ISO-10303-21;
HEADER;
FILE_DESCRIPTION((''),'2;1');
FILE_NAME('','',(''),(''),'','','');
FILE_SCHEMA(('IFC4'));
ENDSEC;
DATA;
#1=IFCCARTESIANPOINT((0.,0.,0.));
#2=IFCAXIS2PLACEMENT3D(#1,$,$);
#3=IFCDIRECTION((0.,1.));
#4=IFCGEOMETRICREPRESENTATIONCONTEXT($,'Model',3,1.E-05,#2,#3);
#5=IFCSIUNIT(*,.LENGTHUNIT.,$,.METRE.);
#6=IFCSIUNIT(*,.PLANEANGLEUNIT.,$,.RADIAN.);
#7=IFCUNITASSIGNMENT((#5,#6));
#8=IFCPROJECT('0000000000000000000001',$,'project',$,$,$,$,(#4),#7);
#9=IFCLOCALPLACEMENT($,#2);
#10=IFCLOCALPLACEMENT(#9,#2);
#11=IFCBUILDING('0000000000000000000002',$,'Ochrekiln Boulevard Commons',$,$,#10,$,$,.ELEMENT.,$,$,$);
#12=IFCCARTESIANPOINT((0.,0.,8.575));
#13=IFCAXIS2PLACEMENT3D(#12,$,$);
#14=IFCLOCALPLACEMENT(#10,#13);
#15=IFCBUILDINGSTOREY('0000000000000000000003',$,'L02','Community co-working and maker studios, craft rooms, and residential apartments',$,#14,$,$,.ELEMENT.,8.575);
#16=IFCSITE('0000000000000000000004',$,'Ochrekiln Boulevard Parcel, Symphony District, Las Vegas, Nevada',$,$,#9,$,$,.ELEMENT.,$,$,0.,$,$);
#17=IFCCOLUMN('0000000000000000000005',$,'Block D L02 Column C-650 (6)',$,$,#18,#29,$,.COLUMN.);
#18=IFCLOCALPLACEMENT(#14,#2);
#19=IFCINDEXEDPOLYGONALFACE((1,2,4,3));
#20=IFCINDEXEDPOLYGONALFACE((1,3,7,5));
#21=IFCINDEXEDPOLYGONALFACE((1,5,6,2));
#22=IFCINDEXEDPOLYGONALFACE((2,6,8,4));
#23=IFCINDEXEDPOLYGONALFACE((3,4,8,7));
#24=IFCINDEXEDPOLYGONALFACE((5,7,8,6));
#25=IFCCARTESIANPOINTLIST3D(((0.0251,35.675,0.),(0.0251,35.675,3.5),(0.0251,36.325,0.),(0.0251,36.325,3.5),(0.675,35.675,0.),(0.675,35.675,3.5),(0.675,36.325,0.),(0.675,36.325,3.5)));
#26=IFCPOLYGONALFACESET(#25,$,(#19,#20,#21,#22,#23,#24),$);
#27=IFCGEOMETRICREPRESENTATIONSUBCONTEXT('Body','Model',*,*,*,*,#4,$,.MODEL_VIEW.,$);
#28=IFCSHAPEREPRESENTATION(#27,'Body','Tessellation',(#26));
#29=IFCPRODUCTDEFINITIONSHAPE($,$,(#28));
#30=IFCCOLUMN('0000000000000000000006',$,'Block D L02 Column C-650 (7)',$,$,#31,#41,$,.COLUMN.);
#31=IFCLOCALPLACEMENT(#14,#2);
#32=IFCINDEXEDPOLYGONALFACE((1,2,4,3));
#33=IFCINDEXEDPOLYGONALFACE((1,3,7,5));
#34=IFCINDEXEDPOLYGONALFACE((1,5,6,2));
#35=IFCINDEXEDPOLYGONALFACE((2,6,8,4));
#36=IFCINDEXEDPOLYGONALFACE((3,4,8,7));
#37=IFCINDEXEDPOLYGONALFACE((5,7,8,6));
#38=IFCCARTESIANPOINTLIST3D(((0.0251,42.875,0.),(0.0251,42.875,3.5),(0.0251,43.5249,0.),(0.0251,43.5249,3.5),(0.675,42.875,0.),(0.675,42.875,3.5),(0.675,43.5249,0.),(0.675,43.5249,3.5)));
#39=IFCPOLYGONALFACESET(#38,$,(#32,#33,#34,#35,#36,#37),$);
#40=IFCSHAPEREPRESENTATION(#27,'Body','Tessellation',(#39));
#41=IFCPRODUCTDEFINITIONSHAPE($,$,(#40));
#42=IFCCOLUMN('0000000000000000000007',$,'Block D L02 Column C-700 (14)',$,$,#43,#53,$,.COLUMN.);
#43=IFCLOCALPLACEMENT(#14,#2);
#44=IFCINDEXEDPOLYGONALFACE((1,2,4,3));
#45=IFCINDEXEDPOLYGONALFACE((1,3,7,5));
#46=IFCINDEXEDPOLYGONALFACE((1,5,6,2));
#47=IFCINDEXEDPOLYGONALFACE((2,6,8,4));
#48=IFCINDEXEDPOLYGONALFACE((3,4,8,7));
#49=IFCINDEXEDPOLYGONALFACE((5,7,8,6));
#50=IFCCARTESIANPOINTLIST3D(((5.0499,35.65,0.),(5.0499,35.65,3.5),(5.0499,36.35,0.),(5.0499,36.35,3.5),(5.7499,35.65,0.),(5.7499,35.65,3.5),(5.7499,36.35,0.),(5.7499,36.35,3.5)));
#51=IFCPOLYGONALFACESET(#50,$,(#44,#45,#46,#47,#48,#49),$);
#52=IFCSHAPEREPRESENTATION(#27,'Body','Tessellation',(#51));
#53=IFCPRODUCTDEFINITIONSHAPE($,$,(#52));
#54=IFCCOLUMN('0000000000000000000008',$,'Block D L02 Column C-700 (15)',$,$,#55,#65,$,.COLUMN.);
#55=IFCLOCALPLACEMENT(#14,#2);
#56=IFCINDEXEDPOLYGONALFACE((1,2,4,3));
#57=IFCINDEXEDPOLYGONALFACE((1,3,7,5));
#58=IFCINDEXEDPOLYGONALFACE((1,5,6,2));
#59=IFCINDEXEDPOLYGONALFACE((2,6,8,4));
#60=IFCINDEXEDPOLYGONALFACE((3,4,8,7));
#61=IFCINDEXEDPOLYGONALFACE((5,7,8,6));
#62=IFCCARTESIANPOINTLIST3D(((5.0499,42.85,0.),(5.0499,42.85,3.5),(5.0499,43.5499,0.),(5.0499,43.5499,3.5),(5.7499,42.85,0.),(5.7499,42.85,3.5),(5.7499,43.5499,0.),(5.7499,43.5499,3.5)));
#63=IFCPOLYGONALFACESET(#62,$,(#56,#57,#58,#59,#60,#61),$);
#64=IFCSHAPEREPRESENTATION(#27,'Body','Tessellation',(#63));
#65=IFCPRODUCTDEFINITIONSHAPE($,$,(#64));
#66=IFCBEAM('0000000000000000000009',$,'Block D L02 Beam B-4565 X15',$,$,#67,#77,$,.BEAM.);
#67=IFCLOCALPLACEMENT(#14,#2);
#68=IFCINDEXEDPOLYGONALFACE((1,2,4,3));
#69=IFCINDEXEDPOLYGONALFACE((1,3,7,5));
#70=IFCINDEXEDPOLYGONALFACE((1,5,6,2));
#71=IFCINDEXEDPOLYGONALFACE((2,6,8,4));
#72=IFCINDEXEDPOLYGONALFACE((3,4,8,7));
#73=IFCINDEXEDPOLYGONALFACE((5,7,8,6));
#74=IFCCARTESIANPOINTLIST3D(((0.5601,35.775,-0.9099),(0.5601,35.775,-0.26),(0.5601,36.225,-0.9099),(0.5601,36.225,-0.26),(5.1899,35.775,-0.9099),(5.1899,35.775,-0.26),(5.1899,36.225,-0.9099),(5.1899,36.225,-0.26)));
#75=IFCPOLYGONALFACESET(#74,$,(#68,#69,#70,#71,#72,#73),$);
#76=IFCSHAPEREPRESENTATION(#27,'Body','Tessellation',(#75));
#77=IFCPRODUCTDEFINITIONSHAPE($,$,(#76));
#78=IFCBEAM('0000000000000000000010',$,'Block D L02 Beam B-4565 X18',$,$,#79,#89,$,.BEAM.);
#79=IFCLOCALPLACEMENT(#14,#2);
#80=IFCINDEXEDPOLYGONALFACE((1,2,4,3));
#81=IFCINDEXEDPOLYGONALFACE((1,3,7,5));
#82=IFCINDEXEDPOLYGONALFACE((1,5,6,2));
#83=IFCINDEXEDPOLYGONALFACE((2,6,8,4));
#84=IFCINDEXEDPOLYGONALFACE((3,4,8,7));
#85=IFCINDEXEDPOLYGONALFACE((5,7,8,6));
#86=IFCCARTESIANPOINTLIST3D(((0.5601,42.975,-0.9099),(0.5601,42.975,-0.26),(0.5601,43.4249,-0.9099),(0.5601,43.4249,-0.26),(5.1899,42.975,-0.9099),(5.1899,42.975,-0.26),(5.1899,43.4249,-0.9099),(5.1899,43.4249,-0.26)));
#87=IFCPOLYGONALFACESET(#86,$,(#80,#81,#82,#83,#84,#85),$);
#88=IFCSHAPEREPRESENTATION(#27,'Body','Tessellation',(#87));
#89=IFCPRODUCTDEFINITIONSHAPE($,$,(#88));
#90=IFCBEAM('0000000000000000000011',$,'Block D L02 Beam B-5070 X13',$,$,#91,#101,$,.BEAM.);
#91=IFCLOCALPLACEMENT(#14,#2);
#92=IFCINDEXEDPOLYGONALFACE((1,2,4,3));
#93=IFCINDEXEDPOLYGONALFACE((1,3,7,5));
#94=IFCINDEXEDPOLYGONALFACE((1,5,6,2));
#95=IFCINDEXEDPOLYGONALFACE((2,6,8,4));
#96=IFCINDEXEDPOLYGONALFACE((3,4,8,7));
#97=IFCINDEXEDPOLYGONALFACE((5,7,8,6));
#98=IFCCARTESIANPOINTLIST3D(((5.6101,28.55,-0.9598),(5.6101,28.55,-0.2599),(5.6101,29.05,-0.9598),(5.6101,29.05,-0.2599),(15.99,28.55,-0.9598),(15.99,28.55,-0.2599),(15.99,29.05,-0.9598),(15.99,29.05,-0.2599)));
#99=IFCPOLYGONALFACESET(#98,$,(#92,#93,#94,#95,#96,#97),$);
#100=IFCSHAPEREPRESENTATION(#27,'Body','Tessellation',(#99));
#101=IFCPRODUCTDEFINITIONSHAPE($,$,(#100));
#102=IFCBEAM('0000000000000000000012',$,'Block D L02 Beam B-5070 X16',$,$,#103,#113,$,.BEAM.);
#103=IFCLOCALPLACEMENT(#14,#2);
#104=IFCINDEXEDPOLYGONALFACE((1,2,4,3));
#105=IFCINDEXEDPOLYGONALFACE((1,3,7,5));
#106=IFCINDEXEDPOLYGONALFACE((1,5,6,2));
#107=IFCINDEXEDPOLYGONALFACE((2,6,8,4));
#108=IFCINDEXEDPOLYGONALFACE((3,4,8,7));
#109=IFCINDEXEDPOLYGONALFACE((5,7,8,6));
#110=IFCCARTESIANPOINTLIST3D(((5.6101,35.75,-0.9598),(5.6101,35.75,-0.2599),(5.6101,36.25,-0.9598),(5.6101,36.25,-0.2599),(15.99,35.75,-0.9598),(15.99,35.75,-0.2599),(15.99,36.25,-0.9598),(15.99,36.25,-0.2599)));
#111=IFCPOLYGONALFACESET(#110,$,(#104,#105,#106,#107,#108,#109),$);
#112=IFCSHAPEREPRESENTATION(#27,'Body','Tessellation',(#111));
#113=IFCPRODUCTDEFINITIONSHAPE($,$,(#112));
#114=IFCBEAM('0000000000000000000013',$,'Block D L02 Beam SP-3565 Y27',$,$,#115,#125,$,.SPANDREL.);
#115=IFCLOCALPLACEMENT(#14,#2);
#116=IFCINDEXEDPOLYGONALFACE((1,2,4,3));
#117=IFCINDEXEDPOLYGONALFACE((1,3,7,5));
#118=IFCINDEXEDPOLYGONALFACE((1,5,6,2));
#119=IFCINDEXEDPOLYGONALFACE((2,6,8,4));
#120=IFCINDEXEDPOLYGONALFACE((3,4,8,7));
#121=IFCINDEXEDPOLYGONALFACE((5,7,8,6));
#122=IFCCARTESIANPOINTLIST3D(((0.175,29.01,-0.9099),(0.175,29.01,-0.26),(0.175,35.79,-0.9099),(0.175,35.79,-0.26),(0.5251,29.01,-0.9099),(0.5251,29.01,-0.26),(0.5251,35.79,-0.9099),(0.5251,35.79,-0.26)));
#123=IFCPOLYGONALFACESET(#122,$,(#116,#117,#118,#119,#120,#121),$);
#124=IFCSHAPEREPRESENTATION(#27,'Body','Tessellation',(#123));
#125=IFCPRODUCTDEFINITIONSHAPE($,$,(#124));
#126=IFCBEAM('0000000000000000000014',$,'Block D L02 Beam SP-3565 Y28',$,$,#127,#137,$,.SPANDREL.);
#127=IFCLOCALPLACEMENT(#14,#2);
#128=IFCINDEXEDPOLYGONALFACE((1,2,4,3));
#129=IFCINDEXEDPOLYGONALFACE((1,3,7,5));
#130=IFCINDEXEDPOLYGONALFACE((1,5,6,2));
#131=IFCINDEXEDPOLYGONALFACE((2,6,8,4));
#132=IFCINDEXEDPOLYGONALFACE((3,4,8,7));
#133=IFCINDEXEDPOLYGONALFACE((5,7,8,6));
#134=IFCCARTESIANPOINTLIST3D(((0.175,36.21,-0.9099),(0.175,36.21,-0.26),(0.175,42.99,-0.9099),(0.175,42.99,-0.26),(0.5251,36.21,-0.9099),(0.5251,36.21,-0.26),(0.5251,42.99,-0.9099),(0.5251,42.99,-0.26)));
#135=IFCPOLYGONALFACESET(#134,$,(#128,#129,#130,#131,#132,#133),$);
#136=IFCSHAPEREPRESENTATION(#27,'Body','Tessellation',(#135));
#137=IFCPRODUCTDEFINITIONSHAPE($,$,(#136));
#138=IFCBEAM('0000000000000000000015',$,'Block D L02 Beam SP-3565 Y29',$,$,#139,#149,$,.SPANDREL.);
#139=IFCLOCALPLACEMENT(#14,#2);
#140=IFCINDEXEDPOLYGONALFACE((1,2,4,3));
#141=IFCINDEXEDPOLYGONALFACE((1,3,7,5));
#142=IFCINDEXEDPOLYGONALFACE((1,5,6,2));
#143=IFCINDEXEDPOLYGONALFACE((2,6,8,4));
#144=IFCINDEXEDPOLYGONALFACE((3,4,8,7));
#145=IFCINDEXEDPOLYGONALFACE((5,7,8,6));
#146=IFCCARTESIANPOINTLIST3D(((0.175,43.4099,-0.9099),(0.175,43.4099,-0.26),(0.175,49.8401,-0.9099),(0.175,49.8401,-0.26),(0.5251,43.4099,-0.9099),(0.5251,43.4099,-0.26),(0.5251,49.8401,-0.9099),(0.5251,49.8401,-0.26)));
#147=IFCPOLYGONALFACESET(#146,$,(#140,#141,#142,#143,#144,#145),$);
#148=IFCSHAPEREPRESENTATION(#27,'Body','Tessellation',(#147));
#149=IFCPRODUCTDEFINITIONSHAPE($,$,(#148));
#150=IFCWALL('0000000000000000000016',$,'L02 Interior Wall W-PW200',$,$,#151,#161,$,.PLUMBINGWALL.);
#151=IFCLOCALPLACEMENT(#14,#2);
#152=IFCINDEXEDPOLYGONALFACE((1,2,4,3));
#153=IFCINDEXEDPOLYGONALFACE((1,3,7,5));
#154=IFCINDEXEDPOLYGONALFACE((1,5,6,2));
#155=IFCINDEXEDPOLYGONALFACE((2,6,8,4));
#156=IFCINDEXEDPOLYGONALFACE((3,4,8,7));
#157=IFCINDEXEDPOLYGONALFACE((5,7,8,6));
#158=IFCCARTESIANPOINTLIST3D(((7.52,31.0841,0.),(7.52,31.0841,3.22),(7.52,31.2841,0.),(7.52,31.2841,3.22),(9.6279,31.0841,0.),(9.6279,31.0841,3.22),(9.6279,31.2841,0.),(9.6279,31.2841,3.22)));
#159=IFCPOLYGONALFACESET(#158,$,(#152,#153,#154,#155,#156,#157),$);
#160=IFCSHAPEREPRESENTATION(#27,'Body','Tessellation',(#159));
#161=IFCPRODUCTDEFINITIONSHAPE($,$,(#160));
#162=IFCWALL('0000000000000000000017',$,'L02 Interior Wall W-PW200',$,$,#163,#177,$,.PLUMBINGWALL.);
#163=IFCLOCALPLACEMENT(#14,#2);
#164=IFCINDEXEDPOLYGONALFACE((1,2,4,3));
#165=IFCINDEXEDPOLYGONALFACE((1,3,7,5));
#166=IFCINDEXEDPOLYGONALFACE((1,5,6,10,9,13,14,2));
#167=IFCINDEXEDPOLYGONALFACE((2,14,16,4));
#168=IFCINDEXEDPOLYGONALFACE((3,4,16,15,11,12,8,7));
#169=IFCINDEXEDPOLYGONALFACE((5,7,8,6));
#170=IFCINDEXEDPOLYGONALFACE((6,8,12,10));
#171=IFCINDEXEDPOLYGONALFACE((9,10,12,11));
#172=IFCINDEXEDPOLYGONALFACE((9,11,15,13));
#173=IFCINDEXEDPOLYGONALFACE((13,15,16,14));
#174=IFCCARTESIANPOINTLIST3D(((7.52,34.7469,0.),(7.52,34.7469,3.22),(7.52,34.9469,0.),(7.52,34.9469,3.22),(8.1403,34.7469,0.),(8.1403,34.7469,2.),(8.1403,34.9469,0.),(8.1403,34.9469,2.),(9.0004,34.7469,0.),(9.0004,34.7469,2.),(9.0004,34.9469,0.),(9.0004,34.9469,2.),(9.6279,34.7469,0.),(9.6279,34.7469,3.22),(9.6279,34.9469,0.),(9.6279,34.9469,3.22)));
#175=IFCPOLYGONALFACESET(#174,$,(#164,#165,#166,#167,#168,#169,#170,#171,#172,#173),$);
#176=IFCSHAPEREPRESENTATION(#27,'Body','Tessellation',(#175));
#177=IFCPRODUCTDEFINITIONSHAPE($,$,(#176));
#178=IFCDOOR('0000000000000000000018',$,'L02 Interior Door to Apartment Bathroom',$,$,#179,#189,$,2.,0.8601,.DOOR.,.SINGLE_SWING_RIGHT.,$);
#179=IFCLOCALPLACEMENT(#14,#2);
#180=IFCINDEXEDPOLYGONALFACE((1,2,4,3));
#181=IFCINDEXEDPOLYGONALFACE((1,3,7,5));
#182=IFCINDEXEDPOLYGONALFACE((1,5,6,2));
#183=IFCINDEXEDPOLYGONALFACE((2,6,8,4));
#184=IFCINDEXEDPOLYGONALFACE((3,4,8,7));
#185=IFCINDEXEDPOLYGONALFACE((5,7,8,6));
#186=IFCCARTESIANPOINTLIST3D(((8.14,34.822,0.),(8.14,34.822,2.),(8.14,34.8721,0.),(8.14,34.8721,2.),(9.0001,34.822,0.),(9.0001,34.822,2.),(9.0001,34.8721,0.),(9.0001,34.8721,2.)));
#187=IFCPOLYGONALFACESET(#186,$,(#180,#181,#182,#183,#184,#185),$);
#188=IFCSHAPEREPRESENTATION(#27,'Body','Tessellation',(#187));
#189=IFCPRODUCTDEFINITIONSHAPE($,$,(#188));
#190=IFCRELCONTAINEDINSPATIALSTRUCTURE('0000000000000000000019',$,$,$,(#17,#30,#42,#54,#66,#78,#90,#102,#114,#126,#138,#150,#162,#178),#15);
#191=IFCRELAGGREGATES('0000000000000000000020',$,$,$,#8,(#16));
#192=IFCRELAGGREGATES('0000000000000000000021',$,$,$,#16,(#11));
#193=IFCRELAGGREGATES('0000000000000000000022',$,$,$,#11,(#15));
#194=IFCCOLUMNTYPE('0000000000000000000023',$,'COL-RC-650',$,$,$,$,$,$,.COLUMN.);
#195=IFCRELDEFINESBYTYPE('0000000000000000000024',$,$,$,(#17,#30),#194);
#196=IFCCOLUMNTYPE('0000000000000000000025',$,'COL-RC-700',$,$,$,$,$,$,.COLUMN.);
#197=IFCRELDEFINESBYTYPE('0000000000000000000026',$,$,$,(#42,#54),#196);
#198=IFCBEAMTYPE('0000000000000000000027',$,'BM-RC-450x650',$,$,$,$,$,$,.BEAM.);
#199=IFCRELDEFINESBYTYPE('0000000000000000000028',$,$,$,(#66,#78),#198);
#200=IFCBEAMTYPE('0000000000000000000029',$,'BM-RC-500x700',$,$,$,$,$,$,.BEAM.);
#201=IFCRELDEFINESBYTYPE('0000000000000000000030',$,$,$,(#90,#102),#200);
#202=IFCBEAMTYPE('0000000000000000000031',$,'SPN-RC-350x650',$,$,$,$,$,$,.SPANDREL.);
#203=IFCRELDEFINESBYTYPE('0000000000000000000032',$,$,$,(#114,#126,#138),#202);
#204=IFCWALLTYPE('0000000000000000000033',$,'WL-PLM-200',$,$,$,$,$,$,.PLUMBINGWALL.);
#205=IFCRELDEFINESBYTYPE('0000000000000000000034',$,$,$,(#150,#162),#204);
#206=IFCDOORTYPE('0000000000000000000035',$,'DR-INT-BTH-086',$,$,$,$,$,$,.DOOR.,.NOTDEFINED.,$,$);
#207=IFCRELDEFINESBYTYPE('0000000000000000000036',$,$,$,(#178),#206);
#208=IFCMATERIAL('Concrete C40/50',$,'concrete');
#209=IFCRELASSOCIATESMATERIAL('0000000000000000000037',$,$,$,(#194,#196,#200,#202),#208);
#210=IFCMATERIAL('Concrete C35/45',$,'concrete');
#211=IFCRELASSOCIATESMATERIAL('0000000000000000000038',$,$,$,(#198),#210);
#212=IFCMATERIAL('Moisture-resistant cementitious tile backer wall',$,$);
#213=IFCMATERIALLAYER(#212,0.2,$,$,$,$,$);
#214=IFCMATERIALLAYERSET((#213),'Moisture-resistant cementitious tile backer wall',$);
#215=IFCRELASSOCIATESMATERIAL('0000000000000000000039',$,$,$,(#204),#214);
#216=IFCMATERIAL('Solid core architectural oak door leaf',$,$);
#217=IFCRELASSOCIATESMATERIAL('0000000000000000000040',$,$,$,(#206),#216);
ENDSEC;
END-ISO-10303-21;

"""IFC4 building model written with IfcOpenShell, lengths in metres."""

from ifc_helpers import new_model, si_unit, direction, frame, frame_2d, origin, origin_2d, place, context, subcontext, project, spatial, rectangle, extrude, material, layer, layer_set, material_profile, profile_set, type_object, element, fill, save


model = new_model("IFC4")

# Units and contexts
model_context = context("Model", 3, precision=1e-05, world=origin(), true_north=direction((0.0, 1.0)))
body_context = subcontext(model_context, "Body", "Model", "MODEL_VIEW")
ifc_project = project(units=[si_unit("LENGTHUNIT", "METRE"), si_unit("PLANEANGLEUNIT", "RADIAN")], contexts=[model_context])

# Site, building, storey
site_placement = place(None, origin())
site = spatial("IfcSite", under=ifc_project, at=site_placement, Name="Ochrekiln Boulevard Parcel, Symphony District, Las Vegas, Nevada", CompositionType="ELEMENT", RefElevation=0.0)
building_placement = place(site_placement, origin())
building = spatial("IfcBuilding", under=site, at=building_placement, Name="Ochrekiln Boulevard Commons", CompositionType="ELEMENT")
storey_placement = place(building_placement, frame((0.0, 0.0, 8.575)))
storey = spatial("IfcBuildingStorey", under=building, at=storey_placement, Name="L02", Description="Community co-working and maker studios, craft rooms, and residential apartments", CompositionType="ELEMENT", Elevation=8.575)

# Columns
ifc_material_1 = material(Name="Concrete C40/50", Category="concrete")
ifc_material_profile_1 = material_profile(ifc_material_1, rectangle(XDim=0.6499, YDim=0.6499, at=origin_2d()), Name="RC-COL-650x650")
ifc_profile_set_1 = profile_set([ifc_material_profile_1], Name="Concrete C40/50")
column_type_1 = type_object("IfcColumnType", Name="COL-RC-650", PredefinedType="COLUMN", material=ifc_profile_set_1)
for number, where, z_axis, x_axis, name in (
    (1, (0.3501, 36.0, 0.0), (0.0, 0.0, 1.0), (1.0, 0.0, 0.0), "Block D L02 Column C-650 (6)"),
    (2, (0.3501, 43.2, 0.0), (0.0, 0.0, 1.0), (1.0, 0.0, 0.0), "Block D L02 Column C-650 (7)"),
):
    element("IfcColumn", number, at=place(storey_placement, frame(where, z_axis=z_axis, x_axis=x_axis)), inside=storey, type_object=column_type_1, Name=name, PredefinedType="COLUMN", context=body_context, shape_type="SweptSolid", body=[
        extrude(rectangle(XDim=0.6499, YDim=0.6499, at=origin_2d()), origin(), (0.0, 0.0, 1.0), 3.5),
    ])
ifc_material_profile_2 = material_profile(ifc_material_1, rectangle(XDim=0.7, YDim=0.7, at=origin_2d()), Name="RC-COL-700x700")
ifc_profile_set_2 = profile_set([ifc_material_profile_2], Name="Concrete C40/50")
column_type_2 = type_object("IfcColumnType", Name="COL-RC-700", PredefinedType="COLUMN", material=ifc_profile_set_2)
for number, where, z_axis, x_axis, name in (
    (3, (5.3999, 36.0, 0.0), (0.0, 0.0, 1.0), (1.0, 0.0, 0.0), "Block D L02 Column C-700 (14)"),
    (4, (5.3999, 43.2, 0.0), (0.0, 0.0, 1.0), (1.0, 0.0, 0.0), "Block D L02 Column C-700 (15)"),
):
    element("IfcColumn", number, at=place(storey_placement, frame(where, z_axis=z_axis, x_axis=x_axis)), inside=storey, type_object=column_type_2, Name=name, PredefinedType="COLUMN", context=body_context, shape_type="SweptSolid", body=[
        extrude(rectangle(XDim=0.7, YDim=0.7, at=origin_2d()), origin(), (0.0, 0.0, 1.0), 3.5),
    ])

# Beams
ifc_material_2 = material(Name="Concrete C35/45", Category="concrete")
ifc_material_profile_3 = material_profile(ifc_material_2, rectangle(XDim=0.45, YDim=0.6499, at=origin_2d()), Name="RC-BM-450x650")
ifc_profile_set_3 = profile_set([ifc_material_profile_3], Name="Concrete C35/45")
beam_type_1 = type_object("IfcBeamType", Name="BM-RC-450x650", PredefinedType="BEAM", material=ifc_profile_set_3)
for number, where, z_axis, x_axis, name in (
    (5, (0.5601, 36.0, -0.585), (1.0, 0.0, 0.0), (0.0, 1.0, 0.0), "Block D L02 Beam B-4565 X15"),
    (6, (0.5601, 43.2, -0.585), (1.0, 0.0, 0.0), (0.0, 1.0, 0.0), "Block D L02 Beam B-4565 X18"),
):
    element("IfcBeam", number, at=place(storey_placement, frame(where, z_axis=z_axis, x_axis=x_axis)), inside=storey, type_object=beam_type_1, Name=name, PredefinedType="BEAM", context=body_context, shape_type="SweptSolid", body=[
        extrude(rectangle(XDim=0.45, YDim=0.6499, at=origin_2d()), origin(), (0.0, 0.0, 1.0), 4.6299),
    ])
ifc_material_profile_4 = material_profile(ifc_material_1, rectangle(XDim=0.5, YDim=0.7, at=origin_2d()), Name="RC-BM-500x700")
ifc_profile_set_4 = profile_set([ifc_material_profile_4], Name="Concrete C40/50")
beam_type_2 = type_object("IfcBeamType", Name="BM-RC-500x700", PredefinedType="BEAM", material=ifc_profile_set_4)
for number, where, z_axis, x_axis, name in (
    (7, (5.6101, 28.8, -0.6099), (1.0, 0.0, 0.0), (0.0, 1.0, 0.0), "Block D L02 Beam B-5070 X13"),
    (8, (5.6101, 36.0, -0.6099), (1.0, 0.0, 0.0), (0.0, 1.0, 0.0), "Block D L02 Beam B-5070 X16"),
):
    element("IfcBeam", number, at=place(storey_placement, frame(where, z_axis=z_axis, x_axis=x_axis)), inside=storey, type_object=beam_type_2, Name=name, PredefinedType="BEAM", context=body_context, shape_type="SweptSolid", body=[
        extrude(rectangle(XDim=0.5, YDim=0.7, at=origin_2d()), origin(), (0.0, 0.0, 1.0), 10.3799),
    ])
ifc_material_profile_5 = material_profile(ifc_material_1, rectangle(XDim=0.3501, YDim=0.6499, at=origin_2d()), Name="RC-SPN-350x650")
ifc_profile_set_5 = profile_set([ifc_material_profile_5], Name="Concrete C40/50")
beam_type_3 = type_object("IfcBeamType", Name="SPN-RC-350x650", PredefinedType="SPANDREL", material=ifc_profile_set_5)
for number, where, z_axis, x_axis, name in (
    (9, (0.3501, 29.01, -0.585), (0.0, 1.0, 0.0), (-1.0, 0.0, 0.0), "Block D L02 Beam SP-3565 Y27"),
    (10, (0.3501, 36.21, -0.585), (0.0, 1.0, 0.0), (-1.0, 0.0, 0.0), "Block D L02 Beam SP-3565 Y28"),
):
    element("IfcBeam", number, at=place(storey_placement, frame(where, z_axis=z_axis, x_axis=x_axis)), inside=storey, type_object=beam_type_3, Name=name, PredefinedType="SPANDREL", context=body_context, shape_type="SweptSolid", body=[
        extrude(rectangle(XDim=0.3501, YDim=0.6499, at=origin_2d()), origin(), (0.0, 0.0, 1.0), 6.78),
    ])
beam_placement = place(storey_placement, frame((0.3501, 43.4099, -0.585), z_axis=(0.0, 1.0, 0.0), x_axis=(-1.0, 0.0, 0.0)))
element("IfcBeam", 11, at=beam_placement, inside=storey, type_object=beam_type_3, Name="Block D L02 Beam SP-3565 Y29", PredefinedType="SPANDREL", context=body_context, shape_type="SweptSolid", body=[
    extrude(rectangle(XDim=0.3501, YDim=0.6499, at=origin_2d()), origin(), (0.0, 0.0, 1.0), 6.4302),
])

# Wall
ifc_material_3 = material(Name="Moisture-resistant cementitious tile backer wall")
ifc_layer_1 = layer(ifc_material_3, 0.2)
ifc_layer_set_1 = layer_set([ifc_layer_1], Name="Moisture-resistant cementitious tile backer wall")
wall_type_1 = type_object("IfcWallType", Name="WL-PLM-200", PredefinedType="PLUMBINGWALL", material=ifc_layer_set_1)
wall_1_placement = place(storey_placement, frame((7.52, 31.1841, 0.0), z_axis=(0.0, 0.0, 1.0), x_axis=(1.0, 0.0, 0.0)))
element("IfcWall", 12, at=wall_1_placement, inside=storey, type_object=wall_type_1, Name="L02 Interior Wall W-PW200", PredefinedType="PLUMBINGWALL", context=body_context, shape_type="SweptSolid", body=[
    extrude(rectangle(XDim=2.1079, YDim=0.2, at=frame_2d((1.054, 0.0))), origin(), (0.0, 0.0, 1.0), 3.22),
])

# Wall, opening, door
wall_2_placement = place(storey_placement, frame((7.52, 34.8469, 0.0), z_axis=(0.0, 0.0, 1.0), x_axis=(1.0, 0.0, 0.0)))
wall_2 = element("IfcWall", 13, at=wall_2_placement, inside=storey, type_object=wall_type_1, Name="L02 Interior Wall W-PW200", PredefinedType="PLUMBINGWALL", context=body_context, shape_type="SweptSolid", body=[
    extrude(rectangle(XDim=2.1079, YDim=0.2, at=frame_2d((1.054, 0.0))), origin(), (0.0, 0.0, 1.0), 3.22),
])
opening_1_placement = place(wall_2_placement, frame((0.6201, 0.0, 0.0)))
opening_1 = element("IfcOpeningElement", 14, at=opening_1_placement, cuts=wall_2, PredefinedType="OPENING", context=body_context, shape_type="SweptSolid", body=[
    extrude(rectangle(XDim=0.8601, YDim=2.0, at=frame_2d((0.4302, 1.0))), frame((0.0, 0.1099, 0.0), z_axis=(0.0, -1.0, 0.0), x_axis=(1.0, 0.0, 0.0)), (0.0, 0.0, 1.0), 0.22),
])
ifc_material_4 = material(Name="Solid core architectural oak door leaf")
door_type_1 = type_object("IfcDoorType", Name="DR-INT-BTH-086", OperationType="NOTDEFINED", PredefinedType="DOOR", material=ifc_material_4)
door_1_placement = place(opening_1_placement, frame((0.8601, 0.0, 0.0), z_axis=(0.0, 0.0, 1.0), x_axis=(-1.0, 0.0, 0.0)))
door_1 = element("IfcDoor", 15, at=door_1_placement, inside=storey, type_object=door_type_1, Name="L02 Interior Door to Apartment Bathroom", OperationType="SINGLE_SWING_RIGHT", OverallHeight=2.0, OverallWidth=0.8601, PredefinedType="DOOR", context=body_context, shape_type="SweptSolid", body=[
    extrude(rectangle(XDim=0.8601, YDim=2.0, at=frame_2d((0.4302, 1.0))), frame((0.0, 0.0249, 0.0), z_axis=(0.0, -1.0, 0.0), x_axis=(1.0, 0.0, 0.0)), (0.0, 0.0, 1.0), 0.05),
])
fill(opening_1, door_1)

save(model, "model.ifc")
